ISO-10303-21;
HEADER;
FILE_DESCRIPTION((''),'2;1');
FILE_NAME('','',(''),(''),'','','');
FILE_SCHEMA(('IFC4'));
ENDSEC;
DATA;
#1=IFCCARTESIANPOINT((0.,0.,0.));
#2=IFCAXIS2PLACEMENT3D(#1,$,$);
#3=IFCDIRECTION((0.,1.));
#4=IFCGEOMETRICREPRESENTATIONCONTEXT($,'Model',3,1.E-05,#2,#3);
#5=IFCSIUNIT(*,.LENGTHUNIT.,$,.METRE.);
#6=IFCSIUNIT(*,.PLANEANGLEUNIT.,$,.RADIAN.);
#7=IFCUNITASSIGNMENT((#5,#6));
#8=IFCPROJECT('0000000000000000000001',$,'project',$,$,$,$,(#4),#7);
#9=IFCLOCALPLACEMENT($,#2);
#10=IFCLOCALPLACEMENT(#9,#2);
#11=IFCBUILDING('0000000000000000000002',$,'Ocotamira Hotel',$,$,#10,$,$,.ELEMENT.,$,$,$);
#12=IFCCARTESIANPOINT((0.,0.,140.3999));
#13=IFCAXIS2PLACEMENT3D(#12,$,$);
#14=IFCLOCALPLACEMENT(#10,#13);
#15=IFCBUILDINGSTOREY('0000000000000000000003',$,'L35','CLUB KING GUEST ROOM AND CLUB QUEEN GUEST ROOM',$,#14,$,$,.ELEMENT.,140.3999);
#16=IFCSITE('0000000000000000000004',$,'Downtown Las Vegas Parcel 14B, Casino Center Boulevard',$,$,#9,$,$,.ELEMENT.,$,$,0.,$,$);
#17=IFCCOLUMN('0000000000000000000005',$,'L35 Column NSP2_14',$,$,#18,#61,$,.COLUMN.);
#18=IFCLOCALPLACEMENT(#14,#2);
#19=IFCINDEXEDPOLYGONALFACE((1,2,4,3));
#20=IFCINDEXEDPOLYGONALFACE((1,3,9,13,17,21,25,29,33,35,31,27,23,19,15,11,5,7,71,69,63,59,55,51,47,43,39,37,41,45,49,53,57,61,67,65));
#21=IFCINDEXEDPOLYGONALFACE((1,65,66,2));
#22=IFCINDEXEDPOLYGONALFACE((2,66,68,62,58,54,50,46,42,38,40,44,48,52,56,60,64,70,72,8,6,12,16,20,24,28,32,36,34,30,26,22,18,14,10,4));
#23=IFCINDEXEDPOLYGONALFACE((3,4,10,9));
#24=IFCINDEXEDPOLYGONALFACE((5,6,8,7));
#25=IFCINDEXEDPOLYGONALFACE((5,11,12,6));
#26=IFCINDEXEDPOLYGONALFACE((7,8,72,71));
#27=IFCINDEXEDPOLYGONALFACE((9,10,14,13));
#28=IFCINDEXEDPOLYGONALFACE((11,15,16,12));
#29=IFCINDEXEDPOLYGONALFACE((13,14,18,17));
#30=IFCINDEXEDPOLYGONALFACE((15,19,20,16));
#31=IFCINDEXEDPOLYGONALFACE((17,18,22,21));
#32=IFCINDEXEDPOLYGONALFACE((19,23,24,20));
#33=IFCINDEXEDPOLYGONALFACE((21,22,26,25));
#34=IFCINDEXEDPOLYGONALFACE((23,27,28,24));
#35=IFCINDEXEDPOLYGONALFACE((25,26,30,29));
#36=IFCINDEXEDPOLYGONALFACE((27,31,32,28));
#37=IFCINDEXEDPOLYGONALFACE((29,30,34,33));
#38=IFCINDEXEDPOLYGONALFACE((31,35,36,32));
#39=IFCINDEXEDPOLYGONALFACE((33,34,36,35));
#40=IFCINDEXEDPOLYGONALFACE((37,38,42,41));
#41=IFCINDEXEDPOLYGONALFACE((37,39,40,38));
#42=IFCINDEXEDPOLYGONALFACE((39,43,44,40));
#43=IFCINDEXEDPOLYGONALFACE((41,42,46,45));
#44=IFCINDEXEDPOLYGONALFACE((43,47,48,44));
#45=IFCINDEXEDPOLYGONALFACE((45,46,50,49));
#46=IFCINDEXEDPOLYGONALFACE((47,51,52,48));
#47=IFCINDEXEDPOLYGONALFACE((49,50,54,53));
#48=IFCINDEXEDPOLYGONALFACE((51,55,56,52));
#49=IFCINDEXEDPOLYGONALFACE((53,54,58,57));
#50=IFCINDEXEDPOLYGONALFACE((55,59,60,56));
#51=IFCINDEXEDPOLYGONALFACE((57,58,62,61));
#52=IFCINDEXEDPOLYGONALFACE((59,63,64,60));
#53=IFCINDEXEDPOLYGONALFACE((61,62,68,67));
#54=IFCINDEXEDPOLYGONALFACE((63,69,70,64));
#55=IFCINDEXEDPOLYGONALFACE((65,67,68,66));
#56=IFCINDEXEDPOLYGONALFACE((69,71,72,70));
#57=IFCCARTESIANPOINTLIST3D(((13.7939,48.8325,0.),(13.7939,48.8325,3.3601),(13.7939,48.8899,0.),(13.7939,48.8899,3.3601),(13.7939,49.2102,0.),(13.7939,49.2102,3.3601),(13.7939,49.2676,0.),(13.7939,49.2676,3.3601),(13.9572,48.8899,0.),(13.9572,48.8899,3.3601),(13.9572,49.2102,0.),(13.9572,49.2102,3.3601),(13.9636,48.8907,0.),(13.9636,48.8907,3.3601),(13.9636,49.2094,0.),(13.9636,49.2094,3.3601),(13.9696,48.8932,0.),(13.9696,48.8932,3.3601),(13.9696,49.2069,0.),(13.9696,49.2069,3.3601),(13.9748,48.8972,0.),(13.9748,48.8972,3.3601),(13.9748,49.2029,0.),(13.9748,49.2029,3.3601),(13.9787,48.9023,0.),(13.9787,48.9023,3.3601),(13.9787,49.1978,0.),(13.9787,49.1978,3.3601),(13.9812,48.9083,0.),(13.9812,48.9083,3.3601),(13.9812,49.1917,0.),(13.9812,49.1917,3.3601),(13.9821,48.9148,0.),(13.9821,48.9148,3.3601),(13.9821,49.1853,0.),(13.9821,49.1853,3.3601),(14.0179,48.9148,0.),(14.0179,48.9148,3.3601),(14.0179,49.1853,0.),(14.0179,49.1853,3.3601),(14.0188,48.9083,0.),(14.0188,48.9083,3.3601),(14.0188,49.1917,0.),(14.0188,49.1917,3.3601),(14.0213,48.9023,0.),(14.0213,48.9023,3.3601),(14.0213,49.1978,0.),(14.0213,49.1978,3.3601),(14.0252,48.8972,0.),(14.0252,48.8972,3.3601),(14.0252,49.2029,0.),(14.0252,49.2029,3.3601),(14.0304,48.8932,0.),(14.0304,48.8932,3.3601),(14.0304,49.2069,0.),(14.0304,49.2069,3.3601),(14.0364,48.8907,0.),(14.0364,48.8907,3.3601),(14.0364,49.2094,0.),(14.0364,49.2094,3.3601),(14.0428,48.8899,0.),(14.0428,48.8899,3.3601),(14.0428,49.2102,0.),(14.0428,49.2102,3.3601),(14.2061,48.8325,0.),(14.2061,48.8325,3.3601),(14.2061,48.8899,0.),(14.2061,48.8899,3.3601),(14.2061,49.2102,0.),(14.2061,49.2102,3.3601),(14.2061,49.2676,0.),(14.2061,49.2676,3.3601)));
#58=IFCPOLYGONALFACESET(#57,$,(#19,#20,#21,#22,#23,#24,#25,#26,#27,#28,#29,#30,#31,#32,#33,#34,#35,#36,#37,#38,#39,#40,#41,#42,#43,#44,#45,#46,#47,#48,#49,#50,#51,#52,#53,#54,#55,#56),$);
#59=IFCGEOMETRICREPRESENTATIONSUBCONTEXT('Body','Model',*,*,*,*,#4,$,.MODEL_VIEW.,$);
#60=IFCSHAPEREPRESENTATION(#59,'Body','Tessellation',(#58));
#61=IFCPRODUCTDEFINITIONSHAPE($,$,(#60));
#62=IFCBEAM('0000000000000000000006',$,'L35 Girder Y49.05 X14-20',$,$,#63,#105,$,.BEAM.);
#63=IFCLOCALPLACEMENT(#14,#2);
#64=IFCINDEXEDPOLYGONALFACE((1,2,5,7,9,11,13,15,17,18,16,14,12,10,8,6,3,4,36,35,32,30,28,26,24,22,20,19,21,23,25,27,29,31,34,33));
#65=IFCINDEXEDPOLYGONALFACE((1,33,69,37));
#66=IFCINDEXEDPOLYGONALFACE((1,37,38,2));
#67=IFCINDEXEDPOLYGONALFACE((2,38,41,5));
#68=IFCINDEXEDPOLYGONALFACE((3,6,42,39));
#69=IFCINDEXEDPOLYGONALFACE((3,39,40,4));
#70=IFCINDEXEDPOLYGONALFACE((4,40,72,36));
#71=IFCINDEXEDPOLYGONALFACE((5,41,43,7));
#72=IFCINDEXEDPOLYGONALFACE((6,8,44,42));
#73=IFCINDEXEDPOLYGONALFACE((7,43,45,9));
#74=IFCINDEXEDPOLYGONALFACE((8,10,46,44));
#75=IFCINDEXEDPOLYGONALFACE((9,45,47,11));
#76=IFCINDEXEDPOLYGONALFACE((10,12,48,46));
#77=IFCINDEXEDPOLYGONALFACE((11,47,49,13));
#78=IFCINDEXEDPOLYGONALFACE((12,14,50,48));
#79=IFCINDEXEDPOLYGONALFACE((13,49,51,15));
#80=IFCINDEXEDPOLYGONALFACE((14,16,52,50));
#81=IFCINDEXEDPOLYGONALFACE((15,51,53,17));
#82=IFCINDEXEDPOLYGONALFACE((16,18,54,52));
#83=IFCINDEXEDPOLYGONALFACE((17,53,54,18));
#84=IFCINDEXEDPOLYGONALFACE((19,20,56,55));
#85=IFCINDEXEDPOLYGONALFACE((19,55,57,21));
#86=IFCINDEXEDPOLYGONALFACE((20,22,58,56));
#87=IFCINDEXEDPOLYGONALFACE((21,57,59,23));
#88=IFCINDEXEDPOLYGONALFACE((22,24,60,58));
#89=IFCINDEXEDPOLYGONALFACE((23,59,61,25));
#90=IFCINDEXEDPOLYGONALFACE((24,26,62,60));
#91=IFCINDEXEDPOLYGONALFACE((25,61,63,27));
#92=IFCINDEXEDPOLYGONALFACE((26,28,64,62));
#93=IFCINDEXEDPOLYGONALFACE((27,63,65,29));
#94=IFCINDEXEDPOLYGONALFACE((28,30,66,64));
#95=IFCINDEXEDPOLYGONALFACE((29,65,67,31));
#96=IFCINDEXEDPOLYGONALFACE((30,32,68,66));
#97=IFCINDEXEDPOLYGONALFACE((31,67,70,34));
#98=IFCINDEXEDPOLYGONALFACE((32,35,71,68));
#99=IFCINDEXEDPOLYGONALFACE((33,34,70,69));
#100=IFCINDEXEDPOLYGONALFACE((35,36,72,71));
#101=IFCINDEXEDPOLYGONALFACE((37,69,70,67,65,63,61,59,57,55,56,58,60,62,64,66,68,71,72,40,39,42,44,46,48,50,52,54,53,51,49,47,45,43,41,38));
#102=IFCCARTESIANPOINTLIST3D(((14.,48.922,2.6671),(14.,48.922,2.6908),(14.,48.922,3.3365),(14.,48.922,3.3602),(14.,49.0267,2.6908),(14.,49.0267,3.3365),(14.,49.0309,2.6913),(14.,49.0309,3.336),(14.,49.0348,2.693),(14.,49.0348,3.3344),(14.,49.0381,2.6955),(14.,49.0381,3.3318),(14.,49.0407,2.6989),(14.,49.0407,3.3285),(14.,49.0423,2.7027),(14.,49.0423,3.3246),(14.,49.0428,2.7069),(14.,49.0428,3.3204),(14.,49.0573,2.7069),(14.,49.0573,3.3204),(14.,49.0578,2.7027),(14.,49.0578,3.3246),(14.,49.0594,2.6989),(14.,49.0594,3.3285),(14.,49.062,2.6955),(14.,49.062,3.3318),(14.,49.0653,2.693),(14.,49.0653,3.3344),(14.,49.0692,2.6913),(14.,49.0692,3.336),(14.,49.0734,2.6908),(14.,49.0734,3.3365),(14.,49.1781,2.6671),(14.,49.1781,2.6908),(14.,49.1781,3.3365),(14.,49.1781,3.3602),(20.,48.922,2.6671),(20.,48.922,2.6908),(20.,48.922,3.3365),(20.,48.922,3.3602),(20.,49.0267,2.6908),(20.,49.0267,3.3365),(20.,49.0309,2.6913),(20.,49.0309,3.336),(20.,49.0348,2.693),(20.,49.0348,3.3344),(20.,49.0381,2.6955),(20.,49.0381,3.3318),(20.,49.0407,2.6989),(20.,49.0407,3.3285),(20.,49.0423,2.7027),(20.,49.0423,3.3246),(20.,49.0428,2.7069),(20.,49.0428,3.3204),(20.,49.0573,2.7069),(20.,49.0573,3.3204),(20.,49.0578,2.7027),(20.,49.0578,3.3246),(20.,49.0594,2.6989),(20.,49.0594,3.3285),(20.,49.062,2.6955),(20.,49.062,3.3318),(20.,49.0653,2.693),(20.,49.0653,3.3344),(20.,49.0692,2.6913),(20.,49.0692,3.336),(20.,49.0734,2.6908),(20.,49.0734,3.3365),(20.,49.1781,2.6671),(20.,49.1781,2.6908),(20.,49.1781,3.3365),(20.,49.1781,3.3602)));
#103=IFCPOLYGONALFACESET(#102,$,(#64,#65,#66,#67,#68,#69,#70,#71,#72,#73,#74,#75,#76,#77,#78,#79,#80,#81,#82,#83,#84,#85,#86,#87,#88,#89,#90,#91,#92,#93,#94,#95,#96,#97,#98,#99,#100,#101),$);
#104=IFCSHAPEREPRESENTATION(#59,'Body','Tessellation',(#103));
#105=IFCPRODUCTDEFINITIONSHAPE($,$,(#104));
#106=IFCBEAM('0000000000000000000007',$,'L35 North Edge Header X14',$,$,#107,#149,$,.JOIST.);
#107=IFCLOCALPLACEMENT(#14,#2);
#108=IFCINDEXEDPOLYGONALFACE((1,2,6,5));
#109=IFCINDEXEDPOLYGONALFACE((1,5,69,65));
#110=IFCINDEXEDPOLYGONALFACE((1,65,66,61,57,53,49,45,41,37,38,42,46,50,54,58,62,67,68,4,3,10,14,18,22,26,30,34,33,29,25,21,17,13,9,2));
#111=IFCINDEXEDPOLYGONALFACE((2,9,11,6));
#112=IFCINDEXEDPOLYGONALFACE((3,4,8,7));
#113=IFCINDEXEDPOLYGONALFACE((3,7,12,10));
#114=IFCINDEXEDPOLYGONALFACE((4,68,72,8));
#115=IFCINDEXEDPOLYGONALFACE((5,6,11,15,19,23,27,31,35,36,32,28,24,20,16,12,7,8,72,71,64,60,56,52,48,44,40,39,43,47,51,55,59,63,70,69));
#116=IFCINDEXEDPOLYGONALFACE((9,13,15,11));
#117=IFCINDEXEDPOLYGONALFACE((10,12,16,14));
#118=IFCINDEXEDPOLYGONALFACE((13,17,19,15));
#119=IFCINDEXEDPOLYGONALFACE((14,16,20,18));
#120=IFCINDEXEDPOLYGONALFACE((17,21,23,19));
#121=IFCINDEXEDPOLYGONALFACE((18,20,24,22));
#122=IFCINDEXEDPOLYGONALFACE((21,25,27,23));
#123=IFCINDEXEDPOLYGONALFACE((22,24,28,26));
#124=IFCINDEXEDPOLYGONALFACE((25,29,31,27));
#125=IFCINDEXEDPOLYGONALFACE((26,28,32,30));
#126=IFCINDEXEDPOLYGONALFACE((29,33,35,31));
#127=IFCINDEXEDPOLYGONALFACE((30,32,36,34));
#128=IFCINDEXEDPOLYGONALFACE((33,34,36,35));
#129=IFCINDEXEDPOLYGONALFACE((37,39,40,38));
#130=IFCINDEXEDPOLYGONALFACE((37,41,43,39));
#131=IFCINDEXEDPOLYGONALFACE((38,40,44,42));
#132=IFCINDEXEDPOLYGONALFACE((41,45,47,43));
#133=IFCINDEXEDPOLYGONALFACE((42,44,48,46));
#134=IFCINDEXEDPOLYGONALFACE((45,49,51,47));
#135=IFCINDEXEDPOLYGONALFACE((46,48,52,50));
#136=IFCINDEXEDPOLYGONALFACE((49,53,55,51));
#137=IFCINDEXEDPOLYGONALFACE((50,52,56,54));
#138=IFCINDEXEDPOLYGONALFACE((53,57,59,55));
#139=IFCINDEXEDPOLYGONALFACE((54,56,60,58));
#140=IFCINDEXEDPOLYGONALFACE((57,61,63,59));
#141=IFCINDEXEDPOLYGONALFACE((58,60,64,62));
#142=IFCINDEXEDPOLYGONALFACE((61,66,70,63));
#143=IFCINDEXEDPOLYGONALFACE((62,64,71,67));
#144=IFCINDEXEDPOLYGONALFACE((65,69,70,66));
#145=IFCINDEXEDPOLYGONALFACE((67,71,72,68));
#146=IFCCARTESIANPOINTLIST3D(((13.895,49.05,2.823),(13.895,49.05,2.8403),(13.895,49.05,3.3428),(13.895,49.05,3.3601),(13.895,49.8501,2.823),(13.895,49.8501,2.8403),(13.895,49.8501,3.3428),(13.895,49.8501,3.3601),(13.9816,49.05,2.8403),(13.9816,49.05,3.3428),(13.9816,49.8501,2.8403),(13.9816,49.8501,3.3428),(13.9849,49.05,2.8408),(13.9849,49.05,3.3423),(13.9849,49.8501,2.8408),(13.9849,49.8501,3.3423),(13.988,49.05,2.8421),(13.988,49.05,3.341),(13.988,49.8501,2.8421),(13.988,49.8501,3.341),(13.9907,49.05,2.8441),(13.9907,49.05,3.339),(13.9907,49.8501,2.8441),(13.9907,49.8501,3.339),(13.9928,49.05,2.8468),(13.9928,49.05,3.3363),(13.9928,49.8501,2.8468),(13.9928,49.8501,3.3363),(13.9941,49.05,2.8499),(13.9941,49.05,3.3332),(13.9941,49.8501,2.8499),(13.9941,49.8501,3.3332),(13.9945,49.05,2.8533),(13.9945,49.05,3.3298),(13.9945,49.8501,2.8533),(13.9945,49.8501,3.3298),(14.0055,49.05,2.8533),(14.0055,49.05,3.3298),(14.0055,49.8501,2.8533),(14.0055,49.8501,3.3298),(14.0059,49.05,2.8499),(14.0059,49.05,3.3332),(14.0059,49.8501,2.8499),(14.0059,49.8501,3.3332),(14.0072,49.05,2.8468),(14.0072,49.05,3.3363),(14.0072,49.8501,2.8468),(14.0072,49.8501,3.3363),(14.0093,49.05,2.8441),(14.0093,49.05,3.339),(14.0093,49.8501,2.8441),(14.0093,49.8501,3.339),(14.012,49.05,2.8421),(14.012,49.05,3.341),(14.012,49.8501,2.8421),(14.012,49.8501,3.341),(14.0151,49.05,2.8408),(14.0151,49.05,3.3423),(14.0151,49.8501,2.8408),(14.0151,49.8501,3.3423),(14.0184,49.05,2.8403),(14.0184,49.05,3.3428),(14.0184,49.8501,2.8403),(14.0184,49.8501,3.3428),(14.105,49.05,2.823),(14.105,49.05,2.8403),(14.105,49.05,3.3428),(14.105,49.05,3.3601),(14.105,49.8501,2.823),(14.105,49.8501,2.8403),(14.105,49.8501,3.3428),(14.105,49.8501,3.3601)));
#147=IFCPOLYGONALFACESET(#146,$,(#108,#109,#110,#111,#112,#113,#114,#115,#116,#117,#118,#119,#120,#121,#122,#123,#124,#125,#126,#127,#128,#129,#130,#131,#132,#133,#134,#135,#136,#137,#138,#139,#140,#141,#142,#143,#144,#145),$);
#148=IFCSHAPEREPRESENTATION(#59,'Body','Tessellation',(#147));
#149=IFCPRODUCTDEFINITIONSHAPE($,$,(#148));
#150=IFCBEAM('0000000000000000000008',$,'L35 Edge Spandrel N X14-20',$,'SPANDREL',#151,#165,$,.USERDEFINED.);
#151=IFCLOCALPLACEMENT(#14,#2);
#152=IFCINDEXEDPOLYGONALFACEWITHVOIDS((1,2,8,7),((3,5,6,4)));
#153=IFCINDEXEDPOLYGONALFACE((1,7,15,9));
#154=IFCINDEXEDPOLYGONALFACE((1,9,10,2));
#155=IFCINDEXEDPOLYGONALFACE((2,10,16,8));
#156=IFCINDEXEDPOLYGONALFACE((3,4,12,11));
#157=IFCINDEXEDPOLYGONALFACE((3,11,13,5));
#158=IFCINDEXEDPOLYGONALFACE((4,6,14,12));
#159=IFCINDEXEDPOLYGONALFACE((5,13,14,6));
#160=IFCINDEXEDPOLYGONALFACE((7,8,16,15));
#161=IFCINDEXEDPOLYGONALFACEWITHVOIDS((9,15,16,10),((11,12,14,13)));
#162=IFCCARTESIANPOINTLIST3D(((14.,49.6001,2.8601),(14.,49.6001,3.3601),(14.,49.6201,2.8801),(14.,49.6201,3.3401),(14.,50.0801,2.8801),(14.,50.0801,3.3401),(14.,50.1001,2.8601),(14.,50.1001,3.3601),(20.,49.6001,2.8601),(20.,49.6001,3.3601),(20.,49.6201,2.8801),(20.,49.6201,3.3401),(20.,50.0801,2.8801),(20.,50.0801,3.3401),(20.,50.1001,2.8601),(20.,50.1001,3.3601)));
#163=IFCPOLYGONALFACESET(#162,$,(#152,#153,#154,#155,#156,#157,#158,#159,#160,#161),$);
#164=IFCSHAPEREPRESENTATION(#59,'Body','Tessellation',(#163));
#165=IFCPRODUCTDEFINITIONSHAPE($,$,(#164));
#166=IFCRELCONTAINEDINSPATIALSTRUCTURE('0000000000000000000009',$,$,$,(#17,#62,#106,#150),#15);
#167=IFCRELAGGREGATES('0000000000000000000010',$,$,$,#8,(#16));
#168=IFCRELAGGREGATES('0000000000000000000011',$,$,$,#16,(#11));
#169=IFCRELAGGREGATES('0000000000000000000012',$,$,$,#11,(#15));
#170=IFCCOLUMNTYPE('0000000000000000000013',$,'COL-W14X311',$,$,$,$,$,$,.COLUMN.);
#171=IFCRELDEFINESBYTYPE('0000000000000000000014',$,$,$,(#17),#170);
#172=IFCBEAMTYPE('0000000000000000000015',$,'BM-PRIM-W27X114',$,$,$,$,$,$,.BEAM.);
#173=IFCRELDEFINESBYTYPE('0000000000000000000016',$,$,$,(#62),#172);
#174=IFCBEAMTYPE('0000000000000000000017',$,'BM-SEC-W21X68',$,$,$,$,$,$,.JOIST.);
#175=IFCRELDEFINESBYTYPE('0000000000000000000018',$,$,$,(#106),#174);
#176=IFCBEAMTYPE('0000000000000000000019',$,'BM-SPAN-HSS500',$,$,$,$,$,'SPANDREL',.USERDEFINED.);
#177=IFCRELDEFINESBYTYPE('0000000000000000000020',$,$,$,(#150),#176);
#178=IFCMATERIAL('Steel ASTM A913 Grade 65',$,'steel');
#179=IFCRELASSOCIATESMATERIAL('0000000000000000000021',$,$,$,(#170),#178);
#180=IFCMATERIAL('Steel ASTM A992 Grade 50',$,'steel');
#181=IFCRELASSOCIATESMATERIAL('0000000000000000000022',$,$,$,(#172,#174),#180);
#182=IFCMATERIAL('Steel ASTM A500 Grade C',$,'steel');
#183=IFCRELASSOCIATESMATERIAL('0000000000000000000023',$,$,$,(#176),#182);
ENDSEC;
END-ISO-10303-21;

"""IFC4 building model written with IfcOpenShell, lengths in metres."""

from ifc_helpers import new_model, si_unit, direction, frame, origin, origin_2d, place, context, subcontext, project, spatial, hollow_rectangle, i_section, extrude, source, transform, mapped, material, material_profile, profile_set, type_object, element, save


model = new_model("IFC4")

# Units and contexts
model_context = context("Model", 3, precision=1e-05, world=origin(), true_north=direction((0.0, 1.0)))
body_context = subcontext(model_context, "Body", "Model", "MODEL_VIEW")
ifc_project = project(units=[si_unit("LENGTHUNIT", "METRE"), si_unit("PLANEANGLEUNIT", "RADIAN")], contexts=[model_context])

# Site, building, storey
site_placement = place(None, origin())
site = spatial("IfcSite", under=ifc_project, at=site_placement, Name="Downtown Las Vegas Parcel 14B, Casino Center Boulevard", CompositionType="ELEMENT", RefElevation=0.0)
building_placement = place(site_placement, origin())
building = spatial("IfcBuilding", under=site, at=building_placement, Name="Ocotamira Hotel", CompositionType="ELEMENT")
storey_placement = place(building_placement, frame((0.0, 0.0, 140.3999)))
storey = spatial("IfcBuildingStorey", under=building, at=storey_placement, Name="L35", Description="CLUB KING GUEST ROOM AND CLUB QUEEN GUEST ROOM", CompositionType="ELEMENT", Elevation=140.3999)

# Column
ifc_material_1 = material(Name="Steel ASTM A913 Grade 65", Category="steel")
ifc_material_profile_1 = material_profile(ifc_material_1, i_section(OverallWidth=0.4121, OverallDepth=0.4351, WebThickness=0.0359, FlangeThickness=0.0574, FilletRadius=0.0249, at=origin_2d()), Name="W14X311")
ifc_profile_set_1 = profile_set([ifc_material_profile_1], Name="Steel ASTM A913 Grade 65")
column_type = type_object("IfcColumnType", Name="COL-W14X311", PredefinedType="COLUMN", material=ifc_profile_set_1)
shared_shape_1 = source(origin(), body_context, "Body", "SweptSolid", [
    extrude(i_section(OverallWidth=0.4121, OverallDepth=0.4351, WebThickness=0.0359, FlangeThickness=0.0574, FilletRadius=0.0249, at=origin_2d()), origin(), (0.0, 0.0, 1.0), 3.3601),
])
column_placement = place(storey_placement, frame((14.0, 49.05, 0.0), z_axis=(0.0, 0.0, 1.0), x_axis=(1.0, 0.0, 0.0)))
element("IfcColumn", 1, at=column_placement, inside=storey, type_object=column_type, Name="L35 Column NSP2_14", PredefinedType="COLUMN", context=body_context, shape_type="MappedRepresentation", body=[
    mapped(shared_shape_1, transform((0.0, 0.0, 0.0), scale=1.0)),
])

# Beams
ifc_material_2 = material(Name="Steel ASTM A992 Grade 50", Category="steel")
ifc_material_profile_2 = material_profile(ifc_material_2, i_section(OverallWidth=0.2561, OverallDepth=0.6931, WebThickness=0.0144, FlangeThickness=0.0237, FilletRadius=0.0161, at=origin_2d()), Name="W27X114")
ifc_profile_set_2 = profile_set([ifc_material_profile_2], Name="Steel ASTM A992 Grade 50")
beam_type_1 = type_object("IfcBeamType", Name="BM-PRIM-W27X114", PredefinedType="BEAM", material=ifc_profile_set_2)
shared_shape_2 = source(origin(), body_context, "Body", "SweptSolid", [
    extrude(i_section(OverallWidth=0.2561, OverallDepth=0.6931, WebThickness=0.0144, FlangeThickness=0.0237, FilletRadius=0.0161, at=origin_2d()), origin(), (0.0, 0.0, 1.0), 6.0),
])
beam_1_placement = place(storey_placement, frame((14.0, 49.05, 3.0137), z_axis=(1.0, 0.0, 0.0), x_axis=(0.0, 1.0, 0.0)))
element("IfcBeam", 2, at=beam_1_placement, inside=storey, type_object=beam_type_1, Name="L35 Girder Y49.05 X14-20", PredefinedType="BEAM", context=body_context, shape_type="MappedRepresentation", body=[
    mapped(shared_shape_2, transform((0.0, 0.0, 0.0), scale=1.0)),
])
ifc_material_profile_3 = material_profile(ifc_material_2, i_section(OverallWidth=0.21, OverallDepth=0.5371, WebThickness=0.011, FlangeThickness=0.0173, FilletRadius=0.0129, at=origin_2d()), Name="W21X68")
ifc_profile_set_3 = profile_set([ifc_material_profile_3], Name="Steel ASTM A992 Grade 50")
beam_type_2 = type_object("IfcBeamType", Name="BM-SEC-W21X68", PredefinedType="JOIST", material=ifc_profile_set_3)
shared_shape_3 = source(origin(), body_context, "Body", "SweptSolid", [
    extrude(i_section(OverallWidth=0.21, OverallDepth=0.5371, WebThickness=0.011, FlangeThickness=0.0173, FilletRadius=0.0129, at=origin_2d()), origin(), (0.0, 0.0, 1.0), 0.8),
])
beam_2_placement = place(storey_placement, frame((14.0, 49.05, 3.0916), z_axis=(0.0, 1.0, 0.0), x_axis=(-1.0, 0.0, 0.0)))
element("IfcBeam", 3, at=beam_2_placement, inside=storey, type_object=beam_type_2, Name="L35 North Edge Header X14", PredefinedType="JOIST", context=body_context, shape_type="MappedRepresentation", body=[
    mapped(shared_shape_3, transform((0.0, 0.0, 0.0), scale=1.0)),
])
ifc_material_3 = material(Name="Steel ASTM A500 Grade C", Category="steel")
ifc_material_profile_4 = material_profile(ifc_material_3, hollow_rectangle(XDim=0.5, YDim=0.5, WallThickness=0.02, at=origin_2d()), Name="HSS500X500X20")
ifc_profile_set_4 = profile_set([ifc_material_profile_4], Name="Steel ASTM A500 Grade C")
beam_type_3 = type_object("IfcBeamType", Name="BM-SPAN-HSS500", ElementType="SPANDREL", PredefinedType="USERDEFINED", material=ifc_profile_set_4)
shared_shape_4 = source(origin(), body_context, "Body", "SweptSolid", [
    extrude(hollow_rectangle(XDim=0.5, YDim=0.5, WallThickness=0.02, at=origin_2d()), origin(), (0.0, 0.0, 1.0), 6.0),
])
beam_3_placement = place(storey_placement, frame((14.0, 49.8501, 3.1101), z_axis=(1.0, 0.0, 0.0), x_axis=(0.0, 1.0, 0.0)))
element("IfcBeam", 4, at=beam_3_placement, inside=storey, type_object=beam_type_3, Name="L35 Edge Spandrel N X14-20", ObjectType="SPANDREL", PredefinedType="USERDEFINED", context=body_context, shape_type="MappedRepresentation", body=[
    mapped(shared_shape_4, transform((0.0, 0.0, 0.0), scale=1.0)),
])

save(model, "model.ifc")
